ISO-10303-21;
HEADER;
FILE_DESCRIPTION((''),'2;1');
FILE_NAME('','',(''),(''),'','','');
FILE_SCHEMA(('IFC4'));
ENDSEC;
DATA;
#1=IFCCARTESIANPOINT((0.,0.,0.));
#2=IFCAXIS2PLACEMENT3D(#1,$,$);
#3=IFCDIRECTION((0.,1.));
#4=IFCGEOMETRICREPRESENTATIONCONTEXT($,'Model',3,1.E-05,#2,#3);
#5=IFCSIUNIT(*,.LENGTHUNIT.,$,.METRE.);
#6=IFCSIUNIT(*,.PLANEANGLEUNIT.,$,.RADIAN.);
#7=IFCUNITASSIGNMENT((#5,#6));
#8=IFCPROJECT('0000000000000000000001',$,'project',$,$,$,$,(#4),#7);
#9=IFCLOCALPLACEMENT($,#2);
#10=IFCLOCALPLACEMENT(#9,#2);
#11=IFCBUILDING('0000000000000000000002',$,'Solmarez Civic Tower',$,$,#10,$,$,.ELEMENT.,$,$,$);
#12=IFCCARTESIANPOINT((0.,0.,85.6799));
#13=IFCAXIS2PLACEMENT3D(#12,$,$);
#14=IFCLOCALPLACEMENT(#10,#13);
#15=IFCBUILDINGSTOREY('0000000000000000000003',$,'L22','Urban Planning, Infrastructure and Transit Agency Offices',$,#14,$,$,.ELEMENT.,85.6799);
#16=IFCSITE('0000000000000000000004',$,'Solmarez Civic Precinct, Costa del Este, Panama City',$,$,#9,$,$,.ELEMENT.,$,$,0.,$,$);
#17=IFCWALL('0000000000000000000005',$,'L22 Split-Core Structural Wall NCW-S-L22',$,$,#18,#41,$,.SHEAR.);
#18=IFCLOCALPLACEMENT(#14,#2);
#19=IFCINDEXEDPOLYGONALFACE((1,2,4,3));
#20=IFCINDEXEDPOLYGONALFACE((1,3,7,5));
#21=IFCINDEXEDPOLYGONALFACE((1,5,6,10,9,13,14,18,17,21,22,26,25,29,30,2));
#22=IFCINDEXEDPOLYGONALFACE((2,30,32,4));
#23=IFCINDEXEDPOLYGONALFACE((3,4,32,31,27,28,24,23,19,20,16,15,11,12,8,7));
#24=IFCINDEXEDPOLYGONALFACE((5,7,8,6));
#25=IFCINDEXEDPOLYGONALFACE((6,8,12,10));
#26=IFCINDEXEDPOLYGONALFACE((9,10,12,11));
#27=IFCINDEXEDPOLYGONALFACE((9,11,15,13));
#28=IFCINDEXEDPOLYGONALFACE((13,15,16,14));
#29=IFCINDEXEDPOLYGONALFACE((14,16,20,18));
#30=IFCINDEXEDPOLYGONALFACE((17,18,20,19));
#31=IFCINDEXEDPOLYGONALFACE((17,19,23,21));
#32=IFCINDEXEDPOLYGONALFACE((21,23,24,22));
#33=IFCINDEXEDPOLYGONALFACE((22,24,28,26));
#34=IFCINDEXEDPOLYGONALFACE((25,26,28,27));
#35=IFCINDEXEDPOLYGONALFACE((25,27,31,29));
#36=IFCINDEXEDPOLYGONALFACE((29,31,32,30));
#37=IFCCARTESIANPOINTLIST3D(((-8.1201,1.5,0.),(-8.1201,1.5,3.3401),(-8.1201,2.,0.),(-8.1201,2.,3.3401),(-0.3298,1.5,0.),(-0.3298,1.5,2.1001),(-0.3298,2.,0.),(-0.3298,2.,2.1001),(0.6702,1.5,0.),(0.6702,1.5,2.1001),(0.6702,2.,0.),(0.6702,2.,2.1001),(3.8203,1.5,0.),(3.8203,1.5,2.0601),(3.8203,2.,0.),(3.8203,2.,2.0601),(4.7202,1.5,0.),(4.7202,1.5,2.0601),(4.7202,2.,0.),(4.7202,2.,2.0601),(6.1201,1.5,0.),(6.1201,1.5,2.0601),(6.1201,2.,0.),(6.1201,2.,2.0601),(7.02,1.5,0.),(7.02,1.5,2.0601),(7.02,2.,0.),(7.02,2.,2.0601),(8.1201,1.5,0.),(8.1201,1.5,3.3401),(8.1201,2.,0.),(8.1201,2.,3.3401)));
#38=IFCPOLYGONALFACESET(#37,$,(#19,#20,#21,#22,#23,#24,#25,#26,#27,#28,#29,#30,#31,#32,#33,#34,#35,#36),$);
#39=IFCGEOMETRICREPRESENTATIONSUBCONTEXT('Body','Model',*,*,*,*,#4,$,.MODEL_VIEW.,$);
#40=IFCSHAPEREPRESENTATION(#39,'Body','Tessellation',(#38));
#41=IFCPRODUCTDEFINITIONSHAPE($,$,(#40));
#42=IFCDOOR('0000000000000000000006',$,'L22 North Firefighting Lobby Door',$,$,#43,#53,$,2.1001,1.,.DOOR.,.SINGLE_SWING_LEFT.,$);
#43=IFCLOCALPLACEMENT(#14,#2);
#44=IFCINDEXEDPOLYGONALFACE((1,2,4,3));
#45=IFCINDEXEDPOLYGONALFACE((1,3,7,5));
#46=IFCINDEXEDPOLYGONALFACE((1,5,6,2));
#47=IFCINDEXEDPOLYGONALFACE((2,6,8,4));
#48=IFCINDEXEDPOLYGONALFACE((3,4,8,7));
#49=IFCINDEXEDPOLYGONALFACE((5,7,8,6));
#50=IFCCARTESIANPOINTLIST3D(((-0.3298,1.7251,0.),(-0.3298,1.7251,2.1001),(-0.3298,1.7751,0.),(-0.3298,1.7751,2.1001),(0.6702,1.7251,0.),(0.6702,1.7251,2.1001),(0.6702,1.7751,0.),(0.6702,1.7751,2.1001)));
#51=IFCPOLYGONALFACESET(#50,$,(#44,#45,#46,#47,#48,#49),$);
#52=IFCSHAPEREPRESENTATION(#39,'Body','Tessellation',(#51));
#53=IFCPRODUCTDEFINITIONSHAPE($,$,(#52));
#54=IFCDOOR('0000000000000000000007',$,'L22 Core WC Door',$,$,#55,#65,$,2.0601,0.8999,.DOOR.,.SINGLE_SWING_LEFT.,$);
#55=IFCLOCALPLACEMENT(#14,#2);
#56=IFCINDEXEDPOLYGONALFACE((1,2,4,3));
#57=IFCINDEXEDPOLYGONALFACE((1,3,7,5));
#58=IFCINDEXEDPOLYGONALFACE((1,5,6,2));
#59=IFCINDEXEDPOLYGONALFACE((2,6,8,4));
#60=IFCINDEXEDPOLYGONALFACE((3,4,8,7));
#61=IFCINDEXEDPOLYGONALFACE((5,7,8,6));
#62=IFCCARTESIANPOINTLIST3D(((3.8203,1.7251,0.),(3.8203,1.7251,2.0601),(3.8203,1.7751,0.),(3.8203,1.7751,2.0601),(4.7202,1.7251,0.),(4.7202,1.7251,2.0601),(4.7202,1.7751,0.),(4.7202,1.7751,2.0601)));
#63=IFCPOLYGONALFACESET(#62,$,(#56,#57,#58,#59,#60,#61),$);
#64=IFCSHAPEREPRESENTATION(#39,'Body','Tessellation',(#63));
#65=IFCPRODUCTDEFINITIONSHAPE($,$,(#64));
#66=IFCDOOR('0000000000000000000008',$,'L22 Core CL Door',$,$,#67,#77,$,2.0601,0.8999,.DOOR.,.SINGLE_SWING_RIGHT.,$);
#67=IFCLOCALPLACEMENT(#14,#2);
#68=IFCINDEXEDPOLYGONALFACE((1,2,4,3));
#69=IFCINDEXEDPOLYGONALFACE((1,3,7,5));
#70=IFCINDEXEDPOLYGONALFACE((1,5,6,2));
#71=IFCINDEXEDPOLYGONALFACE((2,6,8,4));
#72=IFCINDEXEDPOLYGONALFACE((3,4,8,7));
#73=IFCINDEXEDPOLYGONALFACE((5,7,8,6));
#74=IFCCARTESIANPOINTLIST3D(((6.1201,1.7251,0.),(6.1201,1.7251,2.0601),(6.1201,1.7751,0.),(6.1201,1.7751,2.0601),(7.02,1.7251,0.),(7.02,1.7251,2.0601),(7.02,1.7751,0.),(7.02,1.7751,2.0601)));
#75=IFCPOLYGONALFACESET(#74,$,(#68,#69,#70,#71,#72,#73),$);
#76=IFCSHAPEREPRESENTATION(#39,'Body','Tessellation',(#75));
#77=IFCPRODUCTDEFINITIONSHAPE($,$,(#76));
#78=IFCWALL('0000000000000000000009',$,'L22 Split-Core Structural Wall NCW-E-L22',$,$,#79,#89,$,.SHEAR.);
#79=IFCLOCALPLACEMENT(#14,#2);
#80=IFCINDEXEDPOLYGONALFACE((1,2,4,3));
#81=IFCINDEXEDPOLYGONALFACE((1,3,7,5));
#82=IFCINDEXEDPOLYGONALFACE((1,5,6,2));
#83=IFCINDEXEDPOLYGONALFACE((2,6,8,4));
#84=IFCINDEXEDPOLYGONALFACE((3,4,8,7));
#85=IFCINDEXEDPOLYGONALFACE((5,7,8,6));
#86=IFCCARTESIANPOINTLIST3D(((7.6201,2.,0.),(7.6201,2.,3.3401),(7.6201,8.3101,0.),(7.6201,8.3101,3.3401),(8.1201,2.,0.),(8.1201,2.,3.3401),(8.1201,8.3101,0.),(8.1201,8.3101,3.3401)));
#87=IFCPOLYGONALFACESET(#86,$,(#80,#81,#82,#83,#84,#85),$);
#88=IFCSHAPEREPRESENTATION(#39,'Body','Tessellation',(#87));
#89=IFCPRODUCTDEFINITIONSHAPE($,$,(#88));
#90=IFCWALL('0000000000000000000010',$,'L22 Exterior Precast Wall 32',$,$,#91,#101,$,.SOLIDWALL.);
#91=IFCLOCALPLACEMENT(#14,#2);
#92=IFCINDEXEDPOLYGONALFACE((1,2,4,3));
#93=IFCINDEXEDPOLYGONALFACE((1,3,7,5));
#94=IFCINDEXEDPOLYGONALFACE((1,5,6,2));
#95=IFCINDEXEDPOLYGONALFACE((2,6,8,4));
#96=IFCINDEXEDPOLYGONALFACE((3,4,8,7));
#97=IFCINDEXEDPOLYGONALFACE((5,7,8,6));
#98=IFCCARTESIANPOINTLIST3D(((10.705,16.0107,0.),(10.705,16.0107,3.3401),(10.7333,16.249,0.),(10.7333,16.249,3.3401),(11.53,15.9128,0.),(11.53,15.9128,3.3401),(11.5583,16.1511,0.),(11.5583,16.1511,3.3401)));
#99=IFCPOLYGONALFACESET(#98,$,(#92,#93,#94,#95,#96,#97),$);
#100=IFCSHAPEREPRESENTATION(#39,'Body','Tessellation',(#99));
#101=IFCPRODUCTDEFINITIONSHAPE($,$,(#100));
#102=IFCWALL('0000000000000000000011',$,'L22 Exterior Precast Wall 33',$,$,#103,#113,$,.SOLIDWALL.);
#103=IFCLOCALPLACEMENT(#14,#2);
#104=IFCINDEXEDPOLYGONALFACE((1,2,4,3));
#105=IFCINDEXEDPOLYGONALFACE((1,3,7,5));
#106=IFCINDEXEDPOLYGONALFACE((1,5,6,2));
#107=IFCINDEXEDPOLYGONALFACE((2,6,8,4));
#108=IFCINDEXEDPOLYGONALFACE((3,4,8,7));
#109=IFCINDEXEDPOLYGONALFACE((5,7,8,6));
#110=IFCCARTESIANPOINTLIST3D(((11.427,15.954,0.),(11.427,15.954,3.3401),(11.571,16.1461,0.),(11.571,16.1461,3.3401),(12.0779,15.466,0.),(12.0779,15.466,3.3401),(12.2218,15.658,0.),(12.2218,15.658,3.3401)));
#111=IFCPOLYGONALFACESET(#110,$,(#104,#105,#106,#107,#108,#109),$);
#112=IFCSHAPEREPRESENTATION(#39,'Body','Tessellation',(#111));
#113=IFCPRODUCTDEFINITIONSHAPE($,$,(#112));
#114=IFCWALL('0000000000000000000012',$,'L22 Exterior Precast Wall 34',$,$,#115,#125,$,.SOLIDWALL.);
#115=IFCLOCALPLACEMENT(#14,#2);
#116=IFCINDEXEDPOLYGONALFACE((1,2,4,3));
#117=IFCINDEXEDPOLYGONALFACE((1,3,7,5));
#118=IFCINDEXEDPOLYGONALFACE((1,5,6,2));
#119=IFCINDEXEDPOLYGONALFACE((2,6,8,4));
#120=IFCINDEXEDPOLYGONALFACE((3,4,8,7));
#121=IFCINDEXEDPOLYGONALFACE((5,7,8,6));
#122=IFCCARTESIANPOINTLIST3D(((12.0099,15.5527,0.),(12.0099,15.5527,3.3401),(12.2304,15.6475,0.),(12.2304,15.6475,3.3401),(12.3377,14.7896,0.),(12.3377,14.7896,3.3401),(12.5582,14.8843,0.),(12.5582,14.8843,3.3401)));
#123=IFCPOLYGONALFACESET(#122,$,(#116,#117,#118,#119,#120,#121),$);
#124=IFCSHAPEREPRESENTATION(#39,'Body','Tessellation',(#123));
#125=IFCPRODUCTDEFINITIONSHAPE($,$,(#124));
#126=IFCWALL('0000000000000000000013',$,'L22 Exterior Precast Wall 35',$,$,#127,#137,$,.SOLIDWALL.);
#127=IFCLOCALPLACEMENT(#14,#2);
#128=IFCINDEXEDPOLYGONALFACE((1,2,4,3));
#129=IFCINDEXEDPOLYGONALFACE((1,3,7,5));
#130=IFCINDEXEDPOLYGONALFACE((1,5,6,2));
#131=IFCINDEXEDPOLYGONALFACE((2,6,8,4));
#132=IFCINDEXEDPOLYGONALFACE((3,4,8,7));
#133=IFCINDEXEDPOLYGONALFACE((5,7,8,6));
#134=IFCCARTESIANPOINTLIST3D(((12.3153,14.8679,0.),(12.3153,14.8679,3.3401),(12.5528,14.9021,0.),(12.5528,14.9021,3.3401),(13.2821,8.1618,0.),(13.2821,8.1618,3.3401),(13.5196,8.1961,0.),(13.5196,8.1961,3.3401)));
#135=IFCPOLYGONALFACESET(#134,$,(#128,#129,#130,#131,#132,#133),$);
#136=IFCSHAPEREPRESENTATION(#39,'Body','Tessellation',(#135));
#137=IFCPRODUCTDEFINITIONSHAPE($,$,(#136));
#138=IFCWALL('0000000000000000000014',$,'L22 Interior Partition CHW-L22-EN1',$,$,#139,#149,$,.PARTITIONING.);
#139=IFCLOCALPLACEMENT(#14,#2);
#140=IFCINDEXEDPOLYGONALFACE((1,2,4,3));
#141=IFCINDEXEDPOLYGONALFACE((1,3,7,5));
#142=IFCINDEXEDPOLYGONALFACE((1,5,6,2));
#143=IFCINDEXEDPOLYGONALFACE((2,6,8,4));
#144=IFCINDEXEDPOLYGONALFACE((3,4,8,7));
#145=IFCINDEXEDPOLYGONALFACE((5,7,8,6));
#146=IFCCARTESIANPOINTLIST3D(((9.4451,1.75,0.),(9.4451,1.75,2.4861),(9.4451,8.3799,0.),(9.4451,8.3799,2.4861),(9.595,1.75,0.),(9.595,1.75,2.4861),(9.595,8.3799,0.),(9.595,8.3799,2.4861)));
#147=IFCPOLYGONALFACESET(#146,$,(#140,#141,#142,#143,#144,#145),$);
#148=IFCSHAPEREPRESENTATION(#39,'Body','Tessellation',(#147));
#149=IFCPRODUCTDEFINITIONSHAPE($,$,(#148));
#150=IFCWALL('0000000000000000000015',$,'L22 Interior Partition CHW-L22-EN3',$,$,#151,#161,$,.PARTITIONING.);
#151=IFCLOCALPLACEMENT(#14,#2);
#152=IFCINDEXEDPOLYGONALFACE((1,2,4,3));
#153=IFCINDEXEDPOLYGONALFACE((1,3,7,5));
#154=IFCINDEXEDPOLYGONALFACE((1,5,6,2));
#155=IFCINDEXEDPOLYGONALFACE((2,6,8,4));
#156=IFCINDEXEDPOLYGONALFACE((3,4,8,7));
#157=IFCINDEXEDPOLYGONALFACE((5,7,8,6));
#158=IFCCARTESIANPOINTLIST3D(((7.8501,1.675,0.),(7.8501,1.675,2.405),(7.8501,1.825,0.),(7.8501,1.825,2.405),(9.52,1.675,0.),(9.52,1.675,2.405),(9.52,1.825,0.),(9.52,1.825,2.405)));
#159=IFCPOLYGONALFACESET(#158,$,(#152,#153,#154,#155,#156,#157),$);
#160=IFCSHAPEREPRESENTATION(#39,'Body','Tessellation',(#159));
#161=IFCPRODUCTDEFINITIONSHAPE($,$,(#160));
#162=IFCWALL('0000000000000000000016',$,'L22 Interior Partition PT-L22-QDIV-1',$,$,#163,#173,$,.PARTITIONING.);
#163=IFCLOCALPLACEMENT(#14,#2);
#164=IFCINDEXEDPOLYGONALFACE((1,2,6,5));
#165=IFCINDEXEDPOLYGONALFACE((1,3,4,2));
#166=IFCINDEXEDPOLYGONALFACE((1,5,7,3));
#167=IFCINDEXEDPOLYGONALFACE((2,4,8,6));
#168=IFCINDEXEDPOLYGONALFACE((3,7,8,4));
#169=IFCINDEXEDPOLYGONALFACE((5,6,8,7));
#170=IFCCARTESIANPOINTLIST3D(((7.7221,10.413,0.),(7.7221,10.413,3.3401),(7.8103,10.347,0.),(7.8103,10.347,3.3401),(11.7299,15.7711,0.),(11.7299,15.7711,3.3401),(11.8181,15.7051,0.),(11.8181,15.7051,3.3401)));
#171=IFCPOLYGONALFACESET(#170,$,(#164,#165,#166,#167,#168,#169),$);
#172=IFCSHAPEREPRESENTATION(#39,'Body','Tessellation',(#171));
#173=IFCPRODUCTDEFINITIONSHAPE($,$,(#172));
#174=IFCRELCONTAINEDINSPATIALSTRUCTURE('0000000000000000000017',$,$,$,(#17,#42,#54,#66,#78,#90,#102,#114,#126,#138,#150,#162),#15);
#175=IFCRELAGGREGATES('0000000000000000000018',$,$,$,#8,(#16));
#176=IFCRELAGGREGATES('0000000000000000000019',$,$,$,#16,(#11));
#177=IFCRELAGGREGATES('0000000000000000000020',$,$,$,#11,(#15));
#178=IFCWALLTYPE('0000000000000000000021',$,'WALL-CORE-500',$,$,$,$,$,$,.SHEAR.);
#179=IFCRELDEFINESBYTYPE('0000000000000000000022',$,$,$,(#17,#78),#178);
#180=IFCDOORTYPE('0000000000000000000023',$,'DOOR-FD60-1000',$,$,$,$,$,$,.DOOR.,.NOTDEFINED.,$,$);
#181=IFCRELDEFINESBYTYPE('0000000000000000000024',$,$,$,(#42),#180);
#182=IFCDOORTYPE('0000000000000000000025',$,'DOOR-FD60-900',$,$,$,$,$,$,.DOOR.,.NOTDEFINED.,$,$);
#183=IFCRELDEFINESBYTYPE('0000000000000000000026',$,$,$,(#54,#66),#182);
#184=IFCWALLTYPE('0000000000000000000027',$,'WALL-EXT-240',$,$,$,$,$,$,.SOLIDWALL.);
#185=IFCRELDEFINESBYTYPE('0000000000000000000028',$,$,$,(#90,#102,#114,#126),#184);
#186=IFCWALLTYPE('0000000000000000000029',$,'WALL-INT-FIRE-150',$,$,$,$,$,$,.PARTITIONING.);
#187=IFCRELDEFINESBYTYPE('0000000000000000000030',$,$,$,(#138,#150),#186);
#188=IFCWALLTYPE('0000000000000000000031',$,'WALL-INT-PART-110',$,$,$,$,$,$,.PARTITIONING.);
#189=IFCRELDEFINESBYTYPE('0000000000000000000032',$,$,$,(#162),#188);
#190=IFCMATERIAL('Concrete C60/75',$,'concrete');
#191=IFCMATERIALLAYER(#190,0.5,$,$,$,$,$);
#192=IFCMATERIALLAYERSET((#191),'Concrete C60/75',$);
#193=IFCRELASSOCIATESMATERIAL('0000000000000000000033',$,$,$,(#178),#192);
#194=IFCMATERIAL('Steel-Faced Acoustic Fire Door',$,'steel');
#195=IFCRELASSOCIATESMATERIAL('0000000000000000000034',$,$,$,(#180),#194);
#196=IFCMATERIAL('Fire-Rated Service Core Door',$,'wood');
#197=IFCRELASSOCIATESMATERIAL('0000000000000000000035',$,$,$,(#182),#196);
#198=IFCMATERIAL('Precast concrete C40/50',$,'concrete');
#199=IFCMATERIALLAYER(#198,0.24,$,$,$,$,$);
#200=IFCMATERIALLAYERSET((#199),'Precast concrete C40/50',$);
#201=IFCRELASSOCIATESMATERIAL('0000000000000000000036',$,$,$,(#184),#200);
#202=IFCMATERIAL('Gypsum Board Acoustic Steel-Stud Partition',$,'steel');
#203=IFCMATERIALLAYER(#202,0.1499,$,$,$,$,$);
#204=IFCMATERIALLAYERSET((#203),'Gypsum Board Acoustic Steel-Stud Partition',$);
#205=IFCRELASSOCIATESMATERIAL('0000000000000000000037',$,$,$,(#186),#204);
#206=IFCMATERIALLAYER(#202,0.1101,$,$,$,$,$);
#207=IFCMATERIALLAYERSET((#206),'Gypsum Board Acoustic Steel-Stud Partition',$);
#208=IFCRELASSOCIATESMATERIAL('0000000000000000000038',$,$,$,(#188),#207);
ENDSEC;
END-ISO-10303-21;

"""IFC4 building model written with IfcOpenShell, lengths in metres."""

from ifc_helpers import new_model, si_unit, direction, frame, frame_2d, origin, place, context, subcontext, project, spatial, rectangle, extrude, material, layer, layer_set, type_object, element, fill, save


model = new_model("IFC4")

# Units and contexts
model_context = context("Model", 3, precision=1e-05, world=origin(), true_north=direction((0.0, 1.0)))
body_context = subcontext(model_context, "Body", "Model", "MODEL_VIEW")
ifc_project = project(units=[si_unit("LENGTHUNIT", "METRE"), si_unit("PLANEANGLEUNIT", "RADIAN")], contexts=[model_context])

# Site, building, storey
site_placement = place(None, origin())
site = spatial("IfcSite", under=ifc_project, at=site_placement, Name="Solmarez Civic Precinct, Costa del Este, Panama City", CompositionType="ELEMENT", RefElevation=0.0)
building_placement = place(site_placement, origin())
building = spatial("IfcBuilding", under=site, at=building_placement, Name="Solmarez Civic Tower", CompositionType="ELEMENT")
storey_placement = place(building_placement, frame((0.0, 0.0, 85.6799)))
storey = spatial("IfcBuildingStorey", under=building, at=storey_placement, Name="L22", Description="Urban Planning, Infrastructure and Transit Agency Offices", CompositionType="ELEMENT", Elevation=85.6799)

# Shared definitions
ifc_material_1 = material(Name="Concrete C60/75", Category="concrete")

# Wall, openings, doors
ifc_layer_1 = layer(ifc_material_1, 0.5)
ifc_layer_set_1 = layer_set([ifc_layer_1], Name="Concrete C60/75")
wall_type_1 = type_object("IfcWallType", Name="WALL-CORE-500", PredefinedType="SHEAR", material=ifc_layer_set_1)
wall_1_placement = place(storey_placement, frame((8.1201, 1.75, 0.0), z_axis=(0.0, 0.0, 1.0), x_axis=(-1.0, 0.0, 0.0)))
wall_1 = element("IfcWall", 1, at=wall_1_placement, inside=storey, type_object=wall_type_1, Name="L22 Split-Core Structural Wall NCW-S-L22", PredefinedType="SHEAR", context=body_context, shape_type="SweptSolid", body=[
    extrude(rectangle(XDim=16.2402, YDim=0.5, at=frame_2d((8.1201, 0.0))), origin(), (0.0, 0.0, 1.0), 3.3401),
])
opening_1_placement = place(wall_1_placement, frame((7.45, 0.0, 0.0)))
opening_1 = element("IfcOpeningElement", 2, at=opening_1_placement, cuts=wall_1, PredefinedType="OPENING", context=body_context, shape_type="SweptSolid", body=[
    extrude(rectangle(XDim=1.0, YDim=2.1001, at=frame_2d((0.5, 1.05))), frame((0.0, 0.26, 0.0), z_axis=(0.0, -1.0, 0.0), x_axis=(1.0, 0.0, 0.0)), (0.0, 0.0, 1.0), 0.52),
])
opening_2_placement = place(wall_1_placement, frame((3.3999, 0.0, 0.0)))
opening_2 = element("IfcOpeningElement", 3, at=opening_2_placement, cuts=wall_1, PredefinedType="OPENING", context=body_context, shape_type="SweptSolid", body=[
    extrude(rectangle(XDim=0.8999, YDim=2.0601, at=frame_2d((0.45, 1.03))), frame((0.0, 0.26, 0.0), z_axis=(0.0, -1.0, 0.0), x_axis=(1.0, 0.0, 0.0)), (0.0, 0.0, 1.0), 0.52),
])
opening_3_placement = place(wall_1_placement, frame((1.1001, 0.0, 0.0)))
opening_3 = element("IfcOpeningElement", 4, at=opening_3_placement, cuts=wall_1, PredefinedType="OPENING", context=body_context, shape_type="SweptSolid", body=[
    extrude(rectangle(XDim=0.8999, YDim=2.0601, at=frame_2d((0.45, 1.03))), frame((0.0, 0.26, 0.0), z_axis=(0.0, -1.0, 0.0), x_axis=(1.0, 0.0, 0.0)), (0.0, 0.0, 1.0), 0.52),
])
ifc_material_2 = material(Name="Steel-Faced Acoustic Fire Door", Category="steel")
door_type_1 = type_object("IfcDoorType", Name="DOOR-FD60-1000", OperationType="NOTDEFINED", PredefinedType="DOOR", material=ifc_material_2)
door_1_placement = place(opening_1_placement, origin())
door_1 = element("IfcDoor", 5, at=door_1_placement, inside=storey, type_object=door_type_1, Name="L22 North Firefighting Lobby Door", OperationType="SINGLE_SWING_LEFT", OverallHeight=2.1001, OverallWidth=1.0, PredefinedType="DOOR", context=body_context, shape_type="SweptSolid", body=[
    extrude(rectangle(XDim=1.0, YDim=2.1001, at=frame_2d((0.5, 1.05))), frame((0.0, 0.0249, 0.0), z_axis=(0.0, -1.0, 0.0), x_axis=(1.0, 0.0, 0.0)), (0.0, 0.0, 1.0), 0.05),
])
fill(opening_1, door_1)
ifc_material_3 = material(Name="Fire-Rated Service Core Door", Category="wood")
door_type_2 = type_object("IfcDoorType", Name="DOOR-FD60-900", OperationType="NOTDEFINED", PredefinedType="DOOR", material=ifc_material_3)
door_2_placement = place(opening_2_placement, origin())
door_2 = element("IfcDoor", 6, at=door_2_placement, inside=storey, type_object=door_type_2, Name="L22 Core WC Door", OperationType="SINGLE_SWING_LEFT", OverallHeight=2.0601, OverallWidth=0.8999, PredefinedType="DOOR", context=body_context, shape_type="SweptSolid", body=[
    extrude(rectangle(XDim=0.8999, YDim=2.0601, at=frame_2d((0.45, 1.03))), frame((0.0, 0.0249, 0.0), z_axis=(0.0, -1.0, 0.0), x_axis=(1.0, 0.0, 0.0)), (0.0, 0.0, 1.0), 0.05),
])
fill(opening_2, door_2)
door_3_placement = place(opening_3_placement, origin())
door_3 = element("IfcDoor", 7, at=door_3_placement, inside=storey, type_object=door_type_2, Name="L22 Core CL Door", OperationType="SINGLE_SWING_RIGHT", OverallHeight=2.0601, OverallWidth=0.8999, PredefinedType="DOOR", context=body_context, shape_type="SweptSolid", body=[
    extrude(rectangle(XDim=0.8999, YDim=2.0601, at=frame_2d((0.45, 1.03))), frame((0.0, 0.0249, 0.0), z_axis=(0.0, -1.0, 0.0), x_axis=(1.0, 0.0, 0.0)), (0.0, 0.0, 1.0), 0.05),
])
fill(opening_3, door_3)

# Walls
wall_2_placement = place(storey_placement, frame((7.8701, 8.3101, 0.0), z_axis=(0.0, 0.0, 1.0), x_axis=(0.0, -1.0, 0.0)))
element("IfcWall", 8, at=wall_2_placement, inside=storey, type_object=wall_type_1, Name="L22 Split-Core Structural Wall NCW-E-L22", PredefinedType="SHEAR", context=body_context, shape_type="SweptSolid", body=[
    extrude(rectangle(XDim=6.3101, YDim=0.5, at=frame_2d((3.155, 0.0))), origin(), (0.0, 0.0, 1.0), 3.3401),
])
ifc_material_4 = material(Name="Precast concrete C40/50", Category="concrete")
ifc_layer_2 = layer(ifc_material_4, 0.24)
ifc_layer_set_2 = layer_set([ifc_layer_2], Name="Precast concrete C40/50")
wall_type_2 = type_object("IfcWallType", Name="WALL-EXT-240", PredefinedType="SOLIDWALL", material=ifc_layer_set_2)
wall_3_placement = place(storey_placement, frame((10.719, 16.1299, 0.0), z_axis=(0.0, 0.0, 1.0), x_axis=(0.993032, -0.117847, 0.0)))
element("IfcWall", 9, at=wall_3_placement, inside=storey, type_object=wall_type_2, Name="L22 Exterior Precast Wall 32", PredefinedType="SOLIDWALL", context=body_context, shape_type="SweptSolid", body=[
    extrude(rectangle(XDim=0.8308, YDim=0.24, at=frame_2d((0.4155, 0.0))), origin(), (0.0, 0.0, 1.0), 3.3401),
])
wall_4_placement = place(storey_placement, frame((11.499, 16.05, 0.0), z_axis=(0.0, 0.0, 1.0), x_axis=(0.800072, -0.599904, 0.0)))
element("IfcWall", 10, at=wall_4_placement, inside=storey, type_object=wall_type_2, Name="L22 Exterior Precast Wall 33", PredefinedType="SOLIDWALL", context=body_context, shape_type="SweptSolid", body=[
    extrude(rectangle(XDim=0.8135, YDim=0.24, at=frame_2d((0.4067, 0.0))), origin(), (0.0, 0.0, 1.0), 3.3401),
])
wall_5_placement = place(storey_placement, frame((12.1201, 15.6001, 0.0), z_axis=(0.0, 0.0, 1.0), x_axis=(0.394735, -0.918795, 0.0)))
element("IfcWall", 11, at=wall_5_placement, inside=storey, type_object=wall_type_2, Name="L22 Exterior Precast Wall 34", PredefinedType="SOLIDWALL", context=body_context, shape_type="SweptSolid", body=[
    extrude(rectangle(XDim=0.8306, YDim=0.24, at=frame_2d((0.4153, 0.0))), origin(), (0.0, 0.0, 1.0), 3.3401),
])
wall_6_placement = place(storey_placement, frame((12.4341, 14.885, 0.0), z_axis=(0.0, 0.0, 1.0), x_axis=(0.142693, -0.989767, 0.0)))
element("IfcWall", 12, at=wall_6_placement, inside=storey, type_object=wall_type_2, Name="L22 Exterior Precast Wall 35", PredefinedType="SOLIDWALL", context=body_context, shape_type="SweptSolid", body=[
    extrude(rectangle(XDim=6.7754, YDim=0.24, at=frame_2d((3.3877, 0.0))), origin(), (0.0, 0.0, 1.0), 3.3401),
])
ifc_material_5 = material(Name="Gypsum Board Acoustic Steel-Stud Partition", Category="steel")
ifc_layer_3 = layer(ifc_material_5, 0.1499)
ifc_layer_set_3 = layer_set([ifc_layer_3], Name="Gypsum Board Acoustic Steel-Stud Partition")
wall_type_3 = type_object("IfcWallType", Name="WALL-INT-FIRE-150", PredefinedType="PARTITIONING", material=ifc_layer_set_3)
wall_7_placement = place(storey_placement, frame((9.52, 1.75, 0.0), z_axis=(0.0, 0.0, 1.0), x_axis=(0.0, 1.0, 0.0)))
element("IfcWall", 13, at=wall_7_placement, inside=storey, type_object=wall_type_3, Name="L22 Interior Partition CHW-L22-EN1", PredefinedType="PARTITIONING", context=body_context, shape_type="SweptSolid", body=[
    extrude(rectangle(XDim=6.6299, YDim=0.1499, at=frame_2d((3.3149, 0.0))), origin(), (0.0, 0.0, 1.0), 2.4861),
])
wall_8_placement = place(storey_placement, frame((7.8501, 1.75, 0.0), z_axis=(0.0, 0.0, 1.0), x_axis=(1.0, 0.0, 0.0)))
element("IfcWall", 14, at=wall_8_placement, inside=storey, type_object=wall_type_3, Name="L22 Interior Partition CHW-L22-EN3", PredefinedType="PARTITIONING", context=body_context, shape_type="SweptSolid", body=[
    extrude(rectangle(XDim=1.6699, YDim=0.1499, at=frame_2d((0.835, 0.0))), origin(), (0.0, 0.0, 1.0), 2.405),
])
ifc_layer_4 = layer(ifc_material_5, 0.1101)
ifc_layer_set_4 = layer_set([ifc_layer_4], Name="Gypsum Board Acoustic Steel-Stud Partition")
wall_type_4 = type_object("IfcWallType", Name="WALL-INT-PART-110", PredefinedType="PARTITIONING", material=ifc_layer_set_4)
wall_9_placement = place(storey_placement, frame((7.7661, 10.3799, 0.0), z_axis=(0.0, 0.0, 1.0), x_axis=(0.598966, 0.800774, 0.0)))
element("IfcWall", 15, at=wall_9_placement, inside=storey, type_object=wall_type_4, Name="L22 Interior Partition PT-L22-QDIV-1", PredefinedType="PARTITIONING", context=body_context, shape_type="SweptSolid", body=[
    extrude(rectangle(XDim=6.6912, YDim=0.1101, at=frame_2d((3.3457, 0.0))), origin(), (0.0, 0.0, 1.0), 3.3401),
])

save(model, "model.ifc")
